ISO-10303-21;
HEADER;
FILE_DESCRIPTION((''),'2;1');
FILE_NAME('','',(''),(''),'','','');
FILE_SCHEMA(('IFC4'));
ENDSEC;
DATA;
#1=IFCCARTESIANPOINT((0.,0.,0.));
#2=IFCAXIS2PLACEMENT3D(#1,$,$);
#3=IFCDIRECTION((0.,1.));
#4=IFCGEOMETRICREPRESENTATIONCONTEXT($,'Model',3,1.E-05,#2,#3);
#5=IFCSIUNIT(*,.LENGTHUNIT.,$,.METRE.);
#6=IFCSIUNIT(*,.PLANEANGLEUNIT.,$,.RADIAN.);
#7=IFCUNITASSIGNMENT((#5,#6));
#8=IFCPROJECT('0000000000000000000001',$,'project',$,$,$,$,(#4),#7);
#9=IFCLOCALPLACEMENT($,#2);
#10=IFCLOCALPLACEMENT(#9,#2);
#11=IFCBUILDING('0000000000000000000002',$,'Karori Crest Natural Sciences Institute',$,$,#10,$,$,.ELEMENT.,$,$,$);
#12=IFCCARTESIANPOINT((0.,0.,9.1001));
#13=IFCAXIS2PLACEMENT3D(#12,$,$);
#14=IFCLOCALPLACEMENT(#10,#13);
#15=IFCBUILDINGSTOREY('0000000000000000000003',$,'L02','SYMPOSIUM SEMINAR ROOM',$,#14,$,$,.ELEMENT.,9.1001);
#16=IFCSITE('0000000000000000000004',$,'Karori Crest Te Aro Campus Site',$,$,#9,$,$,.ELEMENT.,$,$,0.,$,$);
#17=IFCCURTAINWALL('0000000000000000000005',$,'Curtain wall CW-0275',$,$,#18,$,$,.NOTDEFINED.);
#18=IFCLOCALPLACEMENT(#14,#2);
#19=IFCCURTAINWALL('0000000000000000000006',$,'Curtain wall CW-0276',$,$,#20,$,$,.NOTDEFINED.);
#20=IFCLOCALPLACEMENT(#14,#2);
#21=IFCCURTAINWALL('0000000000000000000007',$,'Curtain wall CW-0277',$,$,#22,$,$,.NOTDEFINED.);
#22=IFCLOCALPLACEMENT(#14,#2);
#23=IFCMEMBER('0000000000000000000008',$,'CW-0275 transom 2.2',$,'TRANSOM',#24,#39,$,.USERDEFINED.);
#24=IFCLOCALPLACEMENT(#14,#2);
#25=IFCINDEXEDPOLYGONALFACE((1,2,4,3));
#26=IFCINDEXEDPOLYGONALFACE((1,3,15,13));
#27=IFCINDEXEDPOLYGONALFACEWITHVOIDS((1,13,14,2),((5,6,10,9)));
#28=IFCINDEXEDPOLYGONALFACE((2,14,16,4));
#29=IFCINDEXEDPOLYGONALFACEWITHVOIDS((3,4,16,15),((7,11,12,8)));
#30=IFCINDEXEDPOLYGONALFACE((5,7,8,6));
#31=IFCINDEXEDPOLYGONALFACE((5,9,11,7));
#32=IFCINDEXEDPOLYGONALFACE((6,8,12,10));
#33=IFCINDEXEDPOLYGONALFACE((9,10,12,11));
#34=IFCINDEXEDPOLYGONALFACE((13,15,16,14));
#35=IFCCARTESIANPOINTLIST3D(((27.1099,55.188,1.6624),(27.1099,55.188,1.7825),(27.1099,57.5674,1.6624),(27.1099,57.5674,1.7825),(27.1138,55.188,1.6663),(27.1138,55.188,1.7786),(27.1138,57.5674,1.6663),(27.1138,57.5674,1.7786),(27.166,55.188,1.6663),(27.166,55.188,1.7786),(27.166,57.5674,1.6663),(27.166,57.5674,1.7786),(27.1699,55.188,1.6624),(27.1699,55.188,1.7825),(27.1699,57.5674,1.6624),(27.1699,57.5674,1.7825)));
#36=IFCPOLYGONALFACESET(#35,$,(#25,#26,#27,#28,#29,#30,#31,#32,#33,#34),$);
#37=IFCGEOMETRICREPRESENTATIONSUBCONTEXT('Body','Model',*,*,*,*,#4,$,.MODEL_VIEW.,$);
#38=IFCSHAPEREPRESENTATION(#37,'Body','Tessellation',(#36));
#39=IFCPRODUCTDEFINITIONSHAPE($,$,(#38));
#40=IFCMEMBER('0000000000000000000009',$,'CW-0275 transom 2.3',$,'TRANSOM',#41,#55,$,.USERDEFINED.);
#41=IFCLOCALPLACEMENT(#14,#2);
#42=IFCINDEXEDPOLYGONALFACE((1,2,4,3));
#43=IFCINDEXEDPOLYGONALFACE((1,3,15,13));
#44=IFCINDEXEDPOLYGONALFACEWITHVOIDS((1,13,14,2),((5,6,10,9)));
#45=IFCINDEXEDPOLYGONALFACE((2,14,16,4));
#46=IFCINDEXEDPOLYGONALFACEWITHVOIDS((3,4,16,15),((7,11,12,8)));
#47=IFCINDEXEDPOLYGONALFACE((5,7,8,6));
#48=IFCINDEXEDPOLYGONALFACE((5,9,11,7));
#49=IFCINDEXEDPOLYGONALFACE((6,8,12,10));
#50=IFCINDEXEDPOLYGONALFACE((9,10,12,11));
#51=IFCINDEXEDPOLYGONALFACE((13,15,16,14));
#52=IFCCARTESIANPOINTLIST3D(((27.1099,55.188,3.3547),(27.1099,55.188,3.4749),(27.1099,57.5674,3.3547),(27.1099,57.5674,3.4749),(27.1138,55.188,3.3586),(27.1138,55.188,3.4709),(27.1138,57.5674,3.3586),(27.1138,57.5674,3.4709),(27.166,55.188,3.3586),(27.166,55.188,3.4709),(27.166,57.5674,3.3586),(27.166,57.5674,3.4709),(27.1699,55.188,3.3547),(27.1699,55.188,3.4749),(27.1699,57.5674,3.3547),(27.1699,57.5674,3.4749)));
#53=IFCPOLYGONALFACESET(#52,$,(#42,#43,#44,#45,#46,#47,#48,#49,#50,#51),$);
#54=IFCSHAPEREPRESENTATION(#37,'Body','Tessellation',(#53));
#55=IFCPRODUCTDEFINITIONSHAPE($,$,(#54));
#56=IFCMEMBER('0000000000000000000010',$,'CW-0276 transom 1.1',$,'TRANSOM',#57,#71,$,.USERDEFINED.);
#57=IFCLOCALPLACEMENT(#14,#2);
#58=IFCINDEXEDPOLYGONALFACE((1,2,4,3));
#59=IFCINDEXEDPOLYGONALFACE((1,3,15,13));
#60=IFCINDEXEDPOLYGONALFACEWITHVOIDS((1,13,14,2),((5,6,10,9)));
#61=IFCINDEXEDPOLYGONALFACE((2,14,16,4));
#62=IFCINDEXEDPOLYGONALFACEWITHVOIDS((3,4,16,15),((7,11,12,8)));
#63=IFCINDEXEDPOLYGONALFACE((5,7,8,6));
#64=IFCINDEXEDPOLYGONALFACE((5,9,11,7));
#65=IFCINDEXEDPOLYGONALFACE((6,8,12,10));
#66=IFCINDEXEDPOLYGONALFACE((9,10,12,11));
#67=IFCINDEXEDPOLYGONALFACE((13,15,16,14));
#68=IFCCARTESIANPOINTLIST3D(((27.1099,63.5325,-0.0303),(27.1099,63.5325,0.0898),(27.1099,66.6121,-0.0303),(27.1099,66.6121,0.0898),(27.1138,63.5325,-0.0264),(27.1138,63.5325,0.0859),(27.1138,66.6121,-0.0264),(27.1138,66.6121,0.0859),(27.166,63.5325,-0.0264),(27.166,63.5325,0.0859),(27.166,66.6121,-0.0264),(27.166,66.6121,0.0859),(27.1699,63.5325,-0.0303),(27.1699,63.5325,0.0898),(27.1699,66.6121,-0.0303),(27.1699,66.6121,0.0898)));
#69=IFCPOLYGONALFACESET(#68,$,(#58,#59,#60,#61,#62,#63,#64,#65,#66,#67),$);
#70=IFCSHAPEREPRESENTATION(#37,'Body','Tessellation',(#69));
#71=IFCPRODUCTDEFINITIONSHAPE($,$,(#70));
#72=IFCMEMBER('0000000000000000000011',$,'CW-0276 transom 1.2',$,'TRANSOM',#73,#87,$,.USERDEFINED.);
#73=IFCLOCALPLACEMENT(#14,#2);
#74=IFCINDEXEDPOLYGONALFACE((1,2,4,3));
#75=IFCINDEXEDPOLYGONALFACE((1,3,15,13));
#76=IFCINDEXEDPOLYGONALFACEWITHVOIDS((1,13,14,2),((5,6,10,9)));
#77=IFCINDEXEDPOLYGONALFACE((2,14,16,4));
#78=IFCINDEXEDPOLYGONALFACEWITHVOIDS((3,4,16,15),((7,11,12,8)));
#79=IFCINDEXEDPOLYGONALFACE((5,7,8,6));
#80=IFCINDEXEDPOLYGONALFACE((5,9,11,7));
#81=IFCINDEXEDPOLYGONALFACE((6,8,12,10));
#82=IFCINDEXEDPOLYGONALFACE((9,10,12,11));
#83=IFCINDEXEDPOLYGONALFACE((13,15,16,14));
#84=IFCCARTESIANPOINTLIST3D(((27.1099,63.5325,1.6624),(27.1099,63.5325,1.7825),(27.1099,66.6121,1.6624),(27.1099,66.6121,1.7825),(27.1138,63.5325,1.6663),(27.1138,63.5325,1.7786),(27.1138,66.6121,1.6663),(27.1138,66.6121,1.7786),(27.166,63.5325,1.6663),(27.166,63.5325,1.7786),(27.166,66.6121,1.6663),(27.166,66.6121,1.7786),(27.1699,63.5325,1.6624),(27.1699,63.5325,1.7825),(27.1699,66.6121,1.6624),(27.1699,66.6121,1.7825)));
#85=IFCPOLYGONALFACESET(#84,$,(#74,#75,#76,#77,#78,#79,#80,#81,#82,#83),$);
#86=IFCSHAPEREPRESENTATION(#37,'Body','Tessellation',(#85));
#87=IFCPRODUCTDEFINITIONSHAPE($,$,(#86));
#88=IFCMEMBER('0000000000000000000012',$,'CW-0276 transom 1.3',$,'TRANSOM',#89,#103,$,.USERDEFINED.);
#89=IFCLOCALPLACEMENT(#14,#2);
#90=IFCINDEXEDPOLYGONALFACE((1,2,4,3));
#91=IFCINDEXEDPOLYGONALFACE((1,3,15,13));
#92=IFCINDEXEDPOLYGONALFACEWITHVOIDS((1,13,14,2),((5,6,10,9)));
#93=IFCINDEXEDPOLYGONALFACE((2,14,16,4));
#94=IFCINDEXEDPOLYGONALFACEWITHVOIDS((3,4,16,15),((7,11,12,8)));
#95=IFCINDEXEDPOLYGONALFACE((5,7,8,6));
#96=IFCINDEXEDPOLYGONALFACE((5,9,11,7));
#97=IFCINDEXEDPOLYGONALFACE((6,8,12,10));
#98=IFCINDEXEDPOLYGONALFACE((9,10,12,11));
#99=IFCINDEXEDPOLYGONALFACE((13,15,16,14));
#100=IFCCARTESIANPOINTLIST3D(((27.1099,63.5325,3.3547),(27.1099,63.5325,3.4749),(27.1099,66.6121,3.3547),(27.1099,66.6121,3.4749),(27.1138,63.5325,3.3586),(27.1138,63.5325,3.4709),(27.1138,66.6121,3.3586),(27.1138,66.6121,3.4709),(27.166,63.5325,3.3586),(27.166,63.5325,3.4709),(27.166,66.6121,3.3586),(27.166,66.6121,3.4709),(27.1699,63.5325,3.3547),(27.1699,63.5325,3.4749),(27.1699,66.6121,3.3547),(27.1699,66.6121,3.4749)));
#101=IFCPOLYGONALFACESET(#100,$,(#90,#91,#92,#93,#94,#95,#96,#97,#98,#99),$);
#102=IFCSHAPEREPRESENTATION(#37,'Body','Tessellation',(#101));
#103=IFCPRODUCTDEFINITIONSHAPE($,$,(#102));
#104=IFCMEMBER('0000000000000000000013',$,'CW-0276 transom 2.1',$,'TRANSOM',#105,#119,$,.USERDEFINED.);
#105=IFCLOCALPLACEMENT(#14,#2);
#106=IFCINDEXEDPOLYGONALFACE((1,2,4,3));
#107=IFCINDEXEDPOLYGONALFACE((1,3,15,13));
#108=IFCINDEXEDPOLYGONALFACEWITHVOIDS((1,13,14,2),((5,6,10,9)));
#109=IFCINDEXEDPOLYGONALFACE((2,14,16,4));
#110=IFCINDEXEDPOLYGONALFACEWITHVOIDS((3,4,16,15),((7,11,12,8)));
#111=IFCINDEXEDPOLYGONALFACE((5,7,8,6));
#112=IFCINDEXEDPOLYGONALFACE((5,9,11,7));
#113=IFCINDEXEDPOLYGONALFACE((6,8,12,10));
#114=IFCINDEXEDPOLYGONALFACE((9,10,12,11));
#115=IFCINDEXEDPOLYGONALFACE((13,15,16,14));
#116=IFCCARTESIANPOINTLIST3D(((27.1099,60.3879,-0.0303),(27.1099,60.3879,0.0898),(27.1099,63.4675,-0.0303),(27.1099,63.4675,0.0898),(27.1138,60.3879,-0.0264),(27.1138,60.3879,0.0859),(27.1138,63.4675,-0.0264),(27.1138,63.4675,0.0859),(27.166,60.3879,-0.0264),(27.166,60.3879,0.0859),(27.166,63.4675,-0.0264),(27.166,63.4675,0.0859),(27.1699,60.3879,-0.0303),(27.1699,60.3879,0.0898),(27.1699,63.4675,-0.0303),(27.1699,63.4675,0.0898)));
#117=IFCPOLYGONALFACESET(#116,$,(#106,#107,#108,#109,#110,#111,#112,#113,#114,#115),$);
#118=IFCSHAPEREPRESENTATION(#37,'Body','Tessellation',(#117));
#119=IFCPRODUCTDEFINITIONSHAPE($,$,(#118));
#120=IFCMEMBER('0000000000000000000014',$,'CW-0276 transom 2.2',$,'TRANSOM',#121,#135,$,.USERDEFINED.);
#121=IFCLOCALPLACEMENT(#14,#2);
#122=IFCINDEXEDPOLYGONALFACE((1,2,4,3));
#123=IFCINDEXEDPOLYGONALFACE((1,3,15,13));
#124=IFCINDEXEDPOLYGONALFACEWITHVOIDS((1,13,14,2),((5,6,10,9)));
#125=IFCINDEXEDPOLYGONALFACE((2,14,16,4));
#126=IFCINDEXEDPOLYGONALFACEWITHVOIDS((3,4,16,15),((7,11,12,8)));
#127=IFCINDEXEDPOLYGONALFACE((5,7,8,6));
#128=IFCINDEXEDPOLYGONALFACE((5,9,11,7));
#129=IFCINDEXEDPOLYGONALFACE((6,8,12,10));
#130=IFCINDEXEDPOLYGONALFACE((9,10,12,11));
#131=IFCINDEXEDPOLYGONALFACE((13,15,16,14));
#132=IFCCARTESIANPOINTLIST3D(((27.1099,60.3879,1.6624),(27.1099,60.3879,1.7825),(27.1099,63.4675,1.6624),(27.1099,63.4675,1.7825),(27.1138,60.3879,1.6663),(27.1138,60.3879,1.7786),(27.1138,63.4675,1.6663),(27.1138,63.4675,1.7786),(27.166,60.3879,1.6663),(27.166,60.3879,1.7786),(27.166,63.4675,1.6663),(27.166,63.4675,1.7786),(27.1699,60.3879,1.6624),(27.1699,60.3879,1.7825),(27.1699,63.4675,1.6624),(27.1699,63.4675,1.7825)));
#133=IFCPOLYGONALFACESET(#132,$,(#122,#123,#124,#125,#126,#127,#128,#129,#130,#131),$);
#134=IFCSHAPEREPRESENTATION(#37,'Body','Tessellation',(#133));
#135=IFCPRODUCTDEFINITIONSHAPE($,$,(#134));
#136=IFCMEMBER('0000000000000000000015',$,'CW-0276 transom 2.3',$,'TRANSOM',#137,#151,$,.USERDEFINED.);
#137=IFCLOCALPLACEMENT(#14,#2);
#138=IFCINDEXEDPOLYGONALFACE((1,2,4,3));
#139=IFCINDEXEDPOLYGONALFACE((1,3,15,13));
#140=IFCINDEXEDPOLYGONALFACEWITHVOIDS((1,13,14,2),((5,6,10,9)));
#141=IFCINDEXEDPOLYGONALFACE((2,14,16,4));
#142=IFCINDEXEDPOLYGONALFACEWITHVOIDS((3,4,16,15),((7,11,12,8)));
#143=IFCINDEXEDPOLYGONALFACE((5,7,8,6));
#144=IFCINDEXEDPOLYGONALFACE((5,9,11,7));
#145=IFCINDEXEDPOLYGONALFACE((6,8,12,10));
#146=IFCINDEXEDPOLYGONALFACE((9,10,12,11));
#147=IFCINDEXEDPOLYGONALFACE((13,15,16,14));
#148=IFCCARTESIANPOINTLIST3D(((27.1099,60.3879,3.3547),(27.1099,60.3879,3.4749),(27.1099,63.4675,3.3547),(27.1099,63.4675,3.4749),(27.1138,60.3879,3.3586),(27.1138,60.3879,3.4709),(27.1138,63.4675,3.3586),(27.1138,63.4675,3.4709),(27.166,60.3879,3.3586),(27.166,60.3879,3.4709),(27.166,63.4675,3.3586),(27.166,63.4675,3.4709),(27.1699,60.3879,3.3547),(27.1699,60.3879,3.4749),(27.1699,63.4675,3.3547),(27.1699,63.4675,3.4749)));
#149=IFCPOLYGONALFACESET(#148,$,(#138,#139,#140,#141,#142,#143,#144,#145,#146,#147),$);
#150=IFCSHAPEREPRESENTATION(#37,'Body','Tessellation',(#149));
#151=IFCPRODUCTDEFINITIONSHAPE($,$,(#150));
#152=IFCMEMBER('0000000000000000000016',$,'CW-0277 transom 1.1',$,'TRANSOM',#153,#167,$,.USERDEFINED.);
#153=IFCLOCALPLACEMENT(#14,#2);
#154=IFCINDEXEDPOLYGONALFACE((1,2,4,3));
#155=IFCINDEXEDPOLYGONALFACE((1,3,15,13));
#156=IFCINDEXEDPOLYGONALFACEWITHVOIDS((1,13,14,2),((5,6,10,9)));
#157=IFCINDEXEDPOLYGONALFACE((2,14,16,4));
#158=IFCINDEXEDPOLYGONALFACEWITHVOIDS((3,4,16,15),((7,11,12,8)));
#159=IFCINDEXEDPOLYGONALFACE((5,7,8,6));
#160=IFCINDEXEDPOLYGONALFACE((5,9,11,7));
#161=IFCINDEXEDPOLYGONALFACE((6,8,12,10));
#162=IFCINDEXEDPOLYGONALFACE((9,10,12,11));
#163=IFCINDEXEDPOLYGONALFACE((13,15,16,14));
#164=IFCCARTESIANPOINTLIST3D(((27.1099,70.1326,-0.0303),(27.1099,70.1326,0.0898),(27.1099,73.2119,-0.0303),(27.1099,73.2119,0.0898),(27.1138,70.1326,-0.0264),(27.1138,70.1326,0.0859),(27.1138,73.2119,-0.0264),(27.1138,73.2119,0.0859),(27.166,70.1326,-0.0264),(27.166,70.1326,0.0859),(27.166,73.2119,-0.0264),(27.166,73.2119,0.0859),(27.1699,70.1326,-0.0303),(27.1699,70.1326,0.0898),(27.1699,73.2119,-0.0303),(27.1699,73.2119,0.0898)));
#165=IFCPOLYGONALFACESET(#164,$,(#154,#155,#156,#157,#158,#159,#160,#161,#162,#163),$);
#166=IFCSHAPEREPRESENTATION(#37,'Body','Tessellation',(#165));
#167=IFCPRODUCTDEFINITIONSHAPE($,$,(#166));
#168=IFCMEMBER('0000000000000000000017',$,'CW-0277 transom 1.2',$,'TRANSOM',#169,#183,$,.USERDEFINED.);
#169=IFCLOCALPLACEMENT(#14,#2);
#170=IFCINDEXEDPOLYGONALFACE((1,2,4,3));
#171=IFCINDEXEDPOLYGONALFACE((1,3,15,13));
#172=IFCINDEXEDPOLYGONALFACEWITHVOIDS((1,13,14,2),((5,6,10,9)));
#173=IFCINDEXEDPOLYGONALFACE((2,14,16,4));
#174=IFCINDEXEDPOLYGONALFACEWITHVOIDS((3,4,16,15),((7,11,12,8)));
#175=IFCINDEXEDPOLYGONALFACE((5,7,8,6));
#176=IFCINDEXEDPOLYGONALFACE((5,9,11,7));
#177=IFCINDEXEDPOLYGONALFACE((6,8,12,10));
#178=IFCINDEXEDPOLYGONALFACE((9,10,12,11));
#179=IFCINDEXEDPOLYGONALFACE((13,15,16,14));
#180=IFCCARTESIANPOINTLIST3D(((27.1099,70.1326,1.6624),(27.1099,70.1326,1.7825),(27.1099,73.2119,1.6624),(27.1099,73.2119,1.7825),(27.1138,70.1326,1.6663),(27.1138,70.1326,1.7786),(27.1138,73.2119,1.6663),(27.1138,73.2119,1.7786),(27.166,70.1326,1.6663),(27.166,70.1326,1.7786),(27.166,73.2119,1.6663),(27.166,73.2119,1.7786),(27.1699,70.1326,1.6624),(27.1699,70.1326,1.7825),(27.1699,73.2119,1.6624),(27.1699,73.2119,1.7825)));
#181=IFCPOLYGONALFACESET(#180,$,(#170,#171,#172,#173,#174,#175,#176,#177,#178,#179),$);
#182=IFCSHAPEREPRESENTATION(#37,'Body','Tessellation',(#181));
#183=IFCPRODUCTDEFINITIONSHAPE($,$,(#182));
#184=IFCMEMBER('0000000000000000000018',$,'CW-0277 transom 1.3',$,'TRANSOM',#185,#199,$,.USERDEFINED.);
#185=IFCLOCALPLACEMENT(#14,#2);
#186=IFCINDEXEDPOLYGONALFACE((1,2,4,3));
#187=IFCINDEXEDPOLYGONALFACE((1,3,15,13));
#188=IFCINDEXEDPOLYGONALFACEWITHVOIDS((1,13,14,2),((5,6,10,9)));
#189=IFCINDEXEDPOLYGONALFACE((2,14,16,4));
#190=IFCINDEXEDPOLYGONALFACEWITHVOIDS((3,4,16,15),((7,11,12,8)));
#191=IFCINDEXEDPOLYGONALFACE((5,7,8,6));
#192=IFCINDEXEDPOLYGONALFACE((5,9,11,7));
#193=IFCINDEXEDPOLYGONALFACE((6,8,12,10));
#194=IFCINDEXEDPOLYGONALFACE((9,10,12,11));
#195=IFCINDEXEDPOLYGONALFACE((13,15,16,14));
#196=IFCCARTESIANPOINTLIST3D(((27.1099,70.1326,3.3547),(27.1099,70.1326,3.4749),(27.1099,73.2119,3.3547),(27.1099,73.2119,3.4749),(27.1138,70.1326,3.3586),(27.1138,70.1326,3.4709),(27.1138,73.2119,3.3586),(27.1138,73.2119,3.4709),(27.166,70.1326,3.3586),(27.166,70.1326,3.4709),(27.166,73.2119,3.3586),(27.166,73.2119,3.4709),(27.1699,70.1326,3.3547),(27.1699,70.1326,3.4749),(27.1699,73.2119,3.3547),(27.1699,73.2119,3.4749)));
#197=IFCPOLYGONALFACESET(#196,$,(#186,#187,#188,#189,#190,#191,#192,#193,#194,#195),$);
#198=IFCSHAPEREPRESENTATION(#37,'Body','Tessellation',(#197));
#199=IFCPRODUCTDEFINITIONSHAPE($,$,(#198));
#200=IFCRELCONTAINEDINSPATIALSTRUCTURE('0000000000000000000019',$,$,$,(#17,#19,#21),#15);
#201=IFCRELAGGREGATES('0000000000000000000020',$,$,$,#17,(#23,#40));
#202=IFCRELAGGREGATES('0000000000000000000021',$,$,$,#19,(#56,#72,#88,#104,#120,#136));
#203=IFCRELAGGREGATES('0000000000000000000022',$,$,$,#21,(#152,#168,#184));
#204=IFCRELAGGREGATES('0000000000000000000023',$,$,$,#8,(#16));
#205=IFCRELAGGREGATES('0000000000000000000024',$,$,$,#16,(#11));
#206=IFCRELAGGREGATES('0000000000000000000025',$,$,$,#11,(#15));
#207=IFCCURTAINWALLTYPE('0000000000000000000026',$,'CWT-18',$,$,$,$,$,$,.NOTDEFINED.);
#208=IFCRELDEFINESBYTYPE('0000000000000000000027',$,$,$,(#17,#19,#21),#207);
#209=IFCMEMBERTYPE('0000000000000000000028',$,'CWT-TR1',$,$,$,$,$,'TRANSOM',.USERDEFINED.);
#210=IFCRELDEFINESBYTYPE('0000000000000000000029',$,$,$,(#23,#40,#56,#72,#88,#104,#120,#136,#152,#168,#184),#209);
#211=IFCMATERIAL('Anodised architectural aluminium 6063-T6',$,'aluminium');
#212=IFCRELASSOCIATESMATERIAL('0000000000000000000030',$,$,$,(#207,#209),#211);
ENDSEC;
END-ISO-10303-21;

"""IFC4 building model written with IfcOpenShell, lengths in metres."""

from ifc_helpers import new_model, si_unit, direction, frame, origin, origin_2d, place, context, subcontext, project, spatial, hollow_rectangle, extrude, material, material_profile, profile_set, type_object, element, aggregate, save


model = new_model("IFC4")

# Units and contexts
model_context = context("Model", 3, precision=1e-05, world=origin(), true_north=direction((0.0, 1.0)))
body_context = subcontext(model_context, "Body", "Model", "MODEL_VIEW")
ifc_project = project(units=[si_unit("LENGTHUNIT", "METRE"), si_unit("PLANEANGLEUNIT", "RADIAN")], contexts=[model_context])

# Site, building, storey
site_placement = place(None, origin())
site = spatial("IfcSite", under=ifc_project, at=site_placement, Name="Karori Crest Te Aro Campus Site", CompositionType="ELEMENT", RefElevation=0.0)
building_placement = place(site_placement, origin())
building = spatial("IfcBuilding", under=site, at=building_placement, Name="Karori Crest Natural Sciences Institute", CompositionType="ELEMENT")
storey_placement = place(building_placement, frame((0.0, 0.0, 9.1001)))
storey = spatial("IfcBuildingStorey", under=building, at=storey_placement, Name="L02", Description="SYMPOSIUM SEMINAR ROOM", CompositionType="ELEMENT", Elevation=9.1001)

# Curtain walls
ifc_material_1 = material(Name="Anodised architectural aluminium 6063-T6", Category="aluminium")
curtain_wall_type = type_object("IfcCurtainWallType", Name="CWT-18", PredefinedType="NOTDEFINED", material=ifc_material_1)
curtain_wall_1_placement = place(storey_placement, origin())
curtain_wall_1 = element("IfcCurtainWall", 1, at=curtain_wall_1_placement, inside=storey, type_object=curtain_wall_type, Name="Curtain wall CW-0275", PredefinedType="NOTDEFINED")
curtain_wall_2_placement = place(storey_placement, origin())
curtain_wall_2 = element("IfcCurtainWall", 2, at=curtain_wall_2_placement, inside=storey, type_object=curtain_wall_type, Name="Curtain wall CW-0276", PredefinedType="NOTDEFINED")
curtain_wall_3_placement = place(storey_placement, origin())
curtain_wall_3 = element("IfcCurtainWall", 3, at=curtain_wall_3_placement, inside=storey, type_object=curtain_wall_type, Name="Curtain wall CW-0277", PredefinedType="NOTDEFINED")

# Members
ifc_material_profile_1 = material_profile(ifc_material_1, hollow_rectangle(XDim=0.0601, YDim=0.1201, WallThickness=0.0039, at=origin_2d()), Name="CWT120x60x4")
ifc_profile_set_1 = profile_set([ifc_material_profile_1], Name="Anodised architectural aluminium 6063-T6")
member_type_1 = type_object("IfcMemberType", Name="CWT-TR1", ElementType="TRANSOM", PredefinedType="USERDEFINED", material=ifc_profile_set_1)
member_1_placement = place(storey_placement, frame((27.1399, 57.5674, 1.7224), z_axis=(0.0, -1.0, 0.0), x_axis=(1.0, 0.0, 0.0)))
member_1 = element("IfcMember", 4, at=member_1_placement, type_object=member_type_1, Name="CW-0275 transom 2.2", ObjectType="TRANSOM", PredefinedType="USERDEFINED", context=body_context, shape_type="SweptSolid", body=[
    extrude(hollow_rectangle(XDim=0.0601, YDim=0.1201, WallThickness=0.0039, at=origin_2d()), origin(), (0.0, 0.0, 1.0), 2.3794),
])
member_2_placement = place(storey_placement, frame((27.1399, 57.5674, 3.4148), z_axis=(0.0, -1.0, 0.0), x_axis=(1.0, 0.0, 0.0)))
member_2 = element("IfcMember", 5, at=member_2_placement, type_object=member_type_1, Name="CW-0275 transom 2.3", ObjectType="TRANSOM", PredefinedType="USERDEFINED", context=body_context, shape_type="SweptSolid", body=[
    extrude(hollow_rectangle(XDim=0.0601, YDim=0.1201, WallThickness=0.0039, at=origin_2d()), origin(), (0.0, 0.0, 1.0), 2.3794),
])
member_3_placement = place(storey_placement, frame((27.1399, 66.6121, 0.0298), z_axis=(0.0, -1.0, 0.0), x_axis=(1.0, 0.0, 0.0)))
member_3 = element("IfcMember", 6, at=member_3_placement, type_object=member_type_1, Name="CW-0276 transom 1.1", ObjectType="TRANSOM", PredefinedType="USERDEFINED", context=body_context, shape_type="SweptSolid", body=[
    extrude(hollow_rectangle(XDim=0.0601, YDim=0.1201, WallThickness=0.0039, at=origin_2d()), origin(), (0.0, 0.0, 1.0), 3.0796),
])
member_4_placement = place(storey_placement, frame((27.1399, 66.6121, 1.7224), z_axis=(0.0, -1.0, 0.0), x_axis=(1.0, 0.0, 0.0)))
member_4 = element("IfcMember", 7, at=member_4_placement, type_object=member_type_1, Name="CW-0276 transom 1.2", ObjectType="TRANSOM", PredefinedType="USERDEFINED", context=body_context, shape_type="SweptSolid", body=[
    extrude(hollow_rectangle(XDim=0.0601, YDim=0.1201, WallThickness=0.0039, at=origin_2d()), origin(), (0.0, 0.0, 1.0), 3.0796),
])
member_5_placement = place(storey_placement, frame((27.1399, 66.6121, 3.4148), z_axis=(0.0, -1.0, 0.0), x_axis=(1.0, 0.0, 0.0)))
member_5 = element("IfcMember", 8, at=member_5_placement, type_object=member_type_1, Name="CW-0276 transom 1.3", ObjectType="TRANSOM", PredefinedType="USERDEFINED", context=body_context, shape_type="SweptSolid", body=[
    extrude(hollow_rectangle(XDim=0.0601, YDim=0.1201, WallThickness=0.0039, at=origin_2d()), origin(), (0.0, 0.0, 1.0), 3.0796),
])
member_6_placement = place(storey_placement, frame((27.1399, 63.4675, 0.0298), z_axis=(0.0, -1.0, 0.0), x_axis=(1.0, 0.0, 0.0)))
member_6 = element("IfcMember", 9, at=member_6_placement, type_object=member_type_1, Name="CW-0276 transom 2.1", ObjectType="TRANSOM", PredefinedType="USERDEFINED", context=body_context, shape_type="SweptSolid", body=[
    extrude(hollow_rectangle(XDim=0.0601, YDim=0.1201, WallThickness=0.0039, at=origin_2d()), origin(), (0.0, 0.0, 1.0), 3.0796),
])
member_7_placement = place(storey_placement, frame((27.1399, 63.4675, 1.7224), z_axis=(0.0, -1.0, 0.0), x_axis=(1.0, 0.0, 0.0)))
member_7 = element("IfcMember", 10, at=member_7_placement, type_object=member_type_1, Name="CW-0276 transom 2.2", ObjectType="TRANSOM", PredefinedType="USERDEFINED", context=body_context, shape_type="SweptSolid", body=[
    extrude(hollow_rectangle(XDim=0.0601, YDim=0.1201, WallThickness=0.0039, at=origin_2d()), origin(), (0.0, 0.0, 1.0), 3.0796),
])
member_8_placement = place(storey_placement, frame((27.1399, 63.4675, 3.4148), z_axis=(0.0, -1.0, 0.0), x_axis=(1.0, 0.0, 0.0)))
member_8 = element("IfcMember", 11, at=member_8_placement, type_object=member_type_1, Name="CW-0276 transom 2.3", ObjectType="TRANSOM", PredefinedType="USERDEFINED", context=body_context, shape_type="SweptSolid", body=[
    extrude(hollow_rectangle(XDim=0.0601, YDim=0.1201, WallThickness=0.0039, at=origin_2d()), origin(), (0.0, 0.0, 1.0), 3.0796),
])
member_9_placement = place(storey_placement, frame((27.1399, 73.2119, 0.0298), z_axis=(0.0, -1.0, 0.0), x_axis=(1.0, 0.0, 0.0)))
member_9 = element("IfcMember", 12, at=member_9_placement, type_object=member_type_1, Name="CW-0277 transom 1.1", ObjectType="TRANSOM", PredefinedType="USERDEFINED", context=body_context, shape_type="SweptSolid", body=[
    extrude(hollow_rectangle(XDim=0.0601, YDim=0.1201, WallThickness=0.0039, at=origin_2d()), origin(), (0.0, 0.0, 1.0), 3.0793),
])
member_10_placement = place(storey_placement, frame((27.1399, 73.2119, 1.7224), z_axis=(0.0, -1.0, 0.0), x_axis=(1.0, 0.0, 0.0)))
member_10 = element("IfcMember", 13, at=member_10_placement, type_object=member_type_1, Name="CW-0277 transom 1.2", ObjectType="TRANSOM", PredefinedType="USERDEFINED", context=body_context, shape_type="SweptSolid", body=[
    extrude(hollow_rectangle(XDim=0.0601, YDim=0.1201, WallThickness=0.0039, at=origin_2d()), origin(), (0.0, 0.0, 1.0), 3.0793),
])
member_11_placement = place(storey_placement, frame((27.1399, 73.2119, 3.4148), z_axis=(0.0, -1.0, 0.0), x_axis=(1.0, 0.0, 0.0)))
member_11 = element("IfcMember", 14, at=member_11_placement, type_object=member_type_1, Name="CW-0277 transom 1.3", ObjectType="TRANSOM", PredefinedType="USERDEFINED", context=body_context, shape_type="SweptSolid", body=[
    extrude(hollow_rectangle(XDim=0.0601, YDim=0.1201, WallThickness=0.0039, at=origin_2d()), origin(), (0.0, 0.0, 1.0), 3.0793),
])

aggregate(curtain_wall_1, [member_1, member_2])
aggregate(curtain_wall_2, [member_3, member_4, member_5, member_6, member_7, member_8])
aggregate(curtain_wall_3, [member_9, member_10, member_11])

save(model, "model.ifc")
